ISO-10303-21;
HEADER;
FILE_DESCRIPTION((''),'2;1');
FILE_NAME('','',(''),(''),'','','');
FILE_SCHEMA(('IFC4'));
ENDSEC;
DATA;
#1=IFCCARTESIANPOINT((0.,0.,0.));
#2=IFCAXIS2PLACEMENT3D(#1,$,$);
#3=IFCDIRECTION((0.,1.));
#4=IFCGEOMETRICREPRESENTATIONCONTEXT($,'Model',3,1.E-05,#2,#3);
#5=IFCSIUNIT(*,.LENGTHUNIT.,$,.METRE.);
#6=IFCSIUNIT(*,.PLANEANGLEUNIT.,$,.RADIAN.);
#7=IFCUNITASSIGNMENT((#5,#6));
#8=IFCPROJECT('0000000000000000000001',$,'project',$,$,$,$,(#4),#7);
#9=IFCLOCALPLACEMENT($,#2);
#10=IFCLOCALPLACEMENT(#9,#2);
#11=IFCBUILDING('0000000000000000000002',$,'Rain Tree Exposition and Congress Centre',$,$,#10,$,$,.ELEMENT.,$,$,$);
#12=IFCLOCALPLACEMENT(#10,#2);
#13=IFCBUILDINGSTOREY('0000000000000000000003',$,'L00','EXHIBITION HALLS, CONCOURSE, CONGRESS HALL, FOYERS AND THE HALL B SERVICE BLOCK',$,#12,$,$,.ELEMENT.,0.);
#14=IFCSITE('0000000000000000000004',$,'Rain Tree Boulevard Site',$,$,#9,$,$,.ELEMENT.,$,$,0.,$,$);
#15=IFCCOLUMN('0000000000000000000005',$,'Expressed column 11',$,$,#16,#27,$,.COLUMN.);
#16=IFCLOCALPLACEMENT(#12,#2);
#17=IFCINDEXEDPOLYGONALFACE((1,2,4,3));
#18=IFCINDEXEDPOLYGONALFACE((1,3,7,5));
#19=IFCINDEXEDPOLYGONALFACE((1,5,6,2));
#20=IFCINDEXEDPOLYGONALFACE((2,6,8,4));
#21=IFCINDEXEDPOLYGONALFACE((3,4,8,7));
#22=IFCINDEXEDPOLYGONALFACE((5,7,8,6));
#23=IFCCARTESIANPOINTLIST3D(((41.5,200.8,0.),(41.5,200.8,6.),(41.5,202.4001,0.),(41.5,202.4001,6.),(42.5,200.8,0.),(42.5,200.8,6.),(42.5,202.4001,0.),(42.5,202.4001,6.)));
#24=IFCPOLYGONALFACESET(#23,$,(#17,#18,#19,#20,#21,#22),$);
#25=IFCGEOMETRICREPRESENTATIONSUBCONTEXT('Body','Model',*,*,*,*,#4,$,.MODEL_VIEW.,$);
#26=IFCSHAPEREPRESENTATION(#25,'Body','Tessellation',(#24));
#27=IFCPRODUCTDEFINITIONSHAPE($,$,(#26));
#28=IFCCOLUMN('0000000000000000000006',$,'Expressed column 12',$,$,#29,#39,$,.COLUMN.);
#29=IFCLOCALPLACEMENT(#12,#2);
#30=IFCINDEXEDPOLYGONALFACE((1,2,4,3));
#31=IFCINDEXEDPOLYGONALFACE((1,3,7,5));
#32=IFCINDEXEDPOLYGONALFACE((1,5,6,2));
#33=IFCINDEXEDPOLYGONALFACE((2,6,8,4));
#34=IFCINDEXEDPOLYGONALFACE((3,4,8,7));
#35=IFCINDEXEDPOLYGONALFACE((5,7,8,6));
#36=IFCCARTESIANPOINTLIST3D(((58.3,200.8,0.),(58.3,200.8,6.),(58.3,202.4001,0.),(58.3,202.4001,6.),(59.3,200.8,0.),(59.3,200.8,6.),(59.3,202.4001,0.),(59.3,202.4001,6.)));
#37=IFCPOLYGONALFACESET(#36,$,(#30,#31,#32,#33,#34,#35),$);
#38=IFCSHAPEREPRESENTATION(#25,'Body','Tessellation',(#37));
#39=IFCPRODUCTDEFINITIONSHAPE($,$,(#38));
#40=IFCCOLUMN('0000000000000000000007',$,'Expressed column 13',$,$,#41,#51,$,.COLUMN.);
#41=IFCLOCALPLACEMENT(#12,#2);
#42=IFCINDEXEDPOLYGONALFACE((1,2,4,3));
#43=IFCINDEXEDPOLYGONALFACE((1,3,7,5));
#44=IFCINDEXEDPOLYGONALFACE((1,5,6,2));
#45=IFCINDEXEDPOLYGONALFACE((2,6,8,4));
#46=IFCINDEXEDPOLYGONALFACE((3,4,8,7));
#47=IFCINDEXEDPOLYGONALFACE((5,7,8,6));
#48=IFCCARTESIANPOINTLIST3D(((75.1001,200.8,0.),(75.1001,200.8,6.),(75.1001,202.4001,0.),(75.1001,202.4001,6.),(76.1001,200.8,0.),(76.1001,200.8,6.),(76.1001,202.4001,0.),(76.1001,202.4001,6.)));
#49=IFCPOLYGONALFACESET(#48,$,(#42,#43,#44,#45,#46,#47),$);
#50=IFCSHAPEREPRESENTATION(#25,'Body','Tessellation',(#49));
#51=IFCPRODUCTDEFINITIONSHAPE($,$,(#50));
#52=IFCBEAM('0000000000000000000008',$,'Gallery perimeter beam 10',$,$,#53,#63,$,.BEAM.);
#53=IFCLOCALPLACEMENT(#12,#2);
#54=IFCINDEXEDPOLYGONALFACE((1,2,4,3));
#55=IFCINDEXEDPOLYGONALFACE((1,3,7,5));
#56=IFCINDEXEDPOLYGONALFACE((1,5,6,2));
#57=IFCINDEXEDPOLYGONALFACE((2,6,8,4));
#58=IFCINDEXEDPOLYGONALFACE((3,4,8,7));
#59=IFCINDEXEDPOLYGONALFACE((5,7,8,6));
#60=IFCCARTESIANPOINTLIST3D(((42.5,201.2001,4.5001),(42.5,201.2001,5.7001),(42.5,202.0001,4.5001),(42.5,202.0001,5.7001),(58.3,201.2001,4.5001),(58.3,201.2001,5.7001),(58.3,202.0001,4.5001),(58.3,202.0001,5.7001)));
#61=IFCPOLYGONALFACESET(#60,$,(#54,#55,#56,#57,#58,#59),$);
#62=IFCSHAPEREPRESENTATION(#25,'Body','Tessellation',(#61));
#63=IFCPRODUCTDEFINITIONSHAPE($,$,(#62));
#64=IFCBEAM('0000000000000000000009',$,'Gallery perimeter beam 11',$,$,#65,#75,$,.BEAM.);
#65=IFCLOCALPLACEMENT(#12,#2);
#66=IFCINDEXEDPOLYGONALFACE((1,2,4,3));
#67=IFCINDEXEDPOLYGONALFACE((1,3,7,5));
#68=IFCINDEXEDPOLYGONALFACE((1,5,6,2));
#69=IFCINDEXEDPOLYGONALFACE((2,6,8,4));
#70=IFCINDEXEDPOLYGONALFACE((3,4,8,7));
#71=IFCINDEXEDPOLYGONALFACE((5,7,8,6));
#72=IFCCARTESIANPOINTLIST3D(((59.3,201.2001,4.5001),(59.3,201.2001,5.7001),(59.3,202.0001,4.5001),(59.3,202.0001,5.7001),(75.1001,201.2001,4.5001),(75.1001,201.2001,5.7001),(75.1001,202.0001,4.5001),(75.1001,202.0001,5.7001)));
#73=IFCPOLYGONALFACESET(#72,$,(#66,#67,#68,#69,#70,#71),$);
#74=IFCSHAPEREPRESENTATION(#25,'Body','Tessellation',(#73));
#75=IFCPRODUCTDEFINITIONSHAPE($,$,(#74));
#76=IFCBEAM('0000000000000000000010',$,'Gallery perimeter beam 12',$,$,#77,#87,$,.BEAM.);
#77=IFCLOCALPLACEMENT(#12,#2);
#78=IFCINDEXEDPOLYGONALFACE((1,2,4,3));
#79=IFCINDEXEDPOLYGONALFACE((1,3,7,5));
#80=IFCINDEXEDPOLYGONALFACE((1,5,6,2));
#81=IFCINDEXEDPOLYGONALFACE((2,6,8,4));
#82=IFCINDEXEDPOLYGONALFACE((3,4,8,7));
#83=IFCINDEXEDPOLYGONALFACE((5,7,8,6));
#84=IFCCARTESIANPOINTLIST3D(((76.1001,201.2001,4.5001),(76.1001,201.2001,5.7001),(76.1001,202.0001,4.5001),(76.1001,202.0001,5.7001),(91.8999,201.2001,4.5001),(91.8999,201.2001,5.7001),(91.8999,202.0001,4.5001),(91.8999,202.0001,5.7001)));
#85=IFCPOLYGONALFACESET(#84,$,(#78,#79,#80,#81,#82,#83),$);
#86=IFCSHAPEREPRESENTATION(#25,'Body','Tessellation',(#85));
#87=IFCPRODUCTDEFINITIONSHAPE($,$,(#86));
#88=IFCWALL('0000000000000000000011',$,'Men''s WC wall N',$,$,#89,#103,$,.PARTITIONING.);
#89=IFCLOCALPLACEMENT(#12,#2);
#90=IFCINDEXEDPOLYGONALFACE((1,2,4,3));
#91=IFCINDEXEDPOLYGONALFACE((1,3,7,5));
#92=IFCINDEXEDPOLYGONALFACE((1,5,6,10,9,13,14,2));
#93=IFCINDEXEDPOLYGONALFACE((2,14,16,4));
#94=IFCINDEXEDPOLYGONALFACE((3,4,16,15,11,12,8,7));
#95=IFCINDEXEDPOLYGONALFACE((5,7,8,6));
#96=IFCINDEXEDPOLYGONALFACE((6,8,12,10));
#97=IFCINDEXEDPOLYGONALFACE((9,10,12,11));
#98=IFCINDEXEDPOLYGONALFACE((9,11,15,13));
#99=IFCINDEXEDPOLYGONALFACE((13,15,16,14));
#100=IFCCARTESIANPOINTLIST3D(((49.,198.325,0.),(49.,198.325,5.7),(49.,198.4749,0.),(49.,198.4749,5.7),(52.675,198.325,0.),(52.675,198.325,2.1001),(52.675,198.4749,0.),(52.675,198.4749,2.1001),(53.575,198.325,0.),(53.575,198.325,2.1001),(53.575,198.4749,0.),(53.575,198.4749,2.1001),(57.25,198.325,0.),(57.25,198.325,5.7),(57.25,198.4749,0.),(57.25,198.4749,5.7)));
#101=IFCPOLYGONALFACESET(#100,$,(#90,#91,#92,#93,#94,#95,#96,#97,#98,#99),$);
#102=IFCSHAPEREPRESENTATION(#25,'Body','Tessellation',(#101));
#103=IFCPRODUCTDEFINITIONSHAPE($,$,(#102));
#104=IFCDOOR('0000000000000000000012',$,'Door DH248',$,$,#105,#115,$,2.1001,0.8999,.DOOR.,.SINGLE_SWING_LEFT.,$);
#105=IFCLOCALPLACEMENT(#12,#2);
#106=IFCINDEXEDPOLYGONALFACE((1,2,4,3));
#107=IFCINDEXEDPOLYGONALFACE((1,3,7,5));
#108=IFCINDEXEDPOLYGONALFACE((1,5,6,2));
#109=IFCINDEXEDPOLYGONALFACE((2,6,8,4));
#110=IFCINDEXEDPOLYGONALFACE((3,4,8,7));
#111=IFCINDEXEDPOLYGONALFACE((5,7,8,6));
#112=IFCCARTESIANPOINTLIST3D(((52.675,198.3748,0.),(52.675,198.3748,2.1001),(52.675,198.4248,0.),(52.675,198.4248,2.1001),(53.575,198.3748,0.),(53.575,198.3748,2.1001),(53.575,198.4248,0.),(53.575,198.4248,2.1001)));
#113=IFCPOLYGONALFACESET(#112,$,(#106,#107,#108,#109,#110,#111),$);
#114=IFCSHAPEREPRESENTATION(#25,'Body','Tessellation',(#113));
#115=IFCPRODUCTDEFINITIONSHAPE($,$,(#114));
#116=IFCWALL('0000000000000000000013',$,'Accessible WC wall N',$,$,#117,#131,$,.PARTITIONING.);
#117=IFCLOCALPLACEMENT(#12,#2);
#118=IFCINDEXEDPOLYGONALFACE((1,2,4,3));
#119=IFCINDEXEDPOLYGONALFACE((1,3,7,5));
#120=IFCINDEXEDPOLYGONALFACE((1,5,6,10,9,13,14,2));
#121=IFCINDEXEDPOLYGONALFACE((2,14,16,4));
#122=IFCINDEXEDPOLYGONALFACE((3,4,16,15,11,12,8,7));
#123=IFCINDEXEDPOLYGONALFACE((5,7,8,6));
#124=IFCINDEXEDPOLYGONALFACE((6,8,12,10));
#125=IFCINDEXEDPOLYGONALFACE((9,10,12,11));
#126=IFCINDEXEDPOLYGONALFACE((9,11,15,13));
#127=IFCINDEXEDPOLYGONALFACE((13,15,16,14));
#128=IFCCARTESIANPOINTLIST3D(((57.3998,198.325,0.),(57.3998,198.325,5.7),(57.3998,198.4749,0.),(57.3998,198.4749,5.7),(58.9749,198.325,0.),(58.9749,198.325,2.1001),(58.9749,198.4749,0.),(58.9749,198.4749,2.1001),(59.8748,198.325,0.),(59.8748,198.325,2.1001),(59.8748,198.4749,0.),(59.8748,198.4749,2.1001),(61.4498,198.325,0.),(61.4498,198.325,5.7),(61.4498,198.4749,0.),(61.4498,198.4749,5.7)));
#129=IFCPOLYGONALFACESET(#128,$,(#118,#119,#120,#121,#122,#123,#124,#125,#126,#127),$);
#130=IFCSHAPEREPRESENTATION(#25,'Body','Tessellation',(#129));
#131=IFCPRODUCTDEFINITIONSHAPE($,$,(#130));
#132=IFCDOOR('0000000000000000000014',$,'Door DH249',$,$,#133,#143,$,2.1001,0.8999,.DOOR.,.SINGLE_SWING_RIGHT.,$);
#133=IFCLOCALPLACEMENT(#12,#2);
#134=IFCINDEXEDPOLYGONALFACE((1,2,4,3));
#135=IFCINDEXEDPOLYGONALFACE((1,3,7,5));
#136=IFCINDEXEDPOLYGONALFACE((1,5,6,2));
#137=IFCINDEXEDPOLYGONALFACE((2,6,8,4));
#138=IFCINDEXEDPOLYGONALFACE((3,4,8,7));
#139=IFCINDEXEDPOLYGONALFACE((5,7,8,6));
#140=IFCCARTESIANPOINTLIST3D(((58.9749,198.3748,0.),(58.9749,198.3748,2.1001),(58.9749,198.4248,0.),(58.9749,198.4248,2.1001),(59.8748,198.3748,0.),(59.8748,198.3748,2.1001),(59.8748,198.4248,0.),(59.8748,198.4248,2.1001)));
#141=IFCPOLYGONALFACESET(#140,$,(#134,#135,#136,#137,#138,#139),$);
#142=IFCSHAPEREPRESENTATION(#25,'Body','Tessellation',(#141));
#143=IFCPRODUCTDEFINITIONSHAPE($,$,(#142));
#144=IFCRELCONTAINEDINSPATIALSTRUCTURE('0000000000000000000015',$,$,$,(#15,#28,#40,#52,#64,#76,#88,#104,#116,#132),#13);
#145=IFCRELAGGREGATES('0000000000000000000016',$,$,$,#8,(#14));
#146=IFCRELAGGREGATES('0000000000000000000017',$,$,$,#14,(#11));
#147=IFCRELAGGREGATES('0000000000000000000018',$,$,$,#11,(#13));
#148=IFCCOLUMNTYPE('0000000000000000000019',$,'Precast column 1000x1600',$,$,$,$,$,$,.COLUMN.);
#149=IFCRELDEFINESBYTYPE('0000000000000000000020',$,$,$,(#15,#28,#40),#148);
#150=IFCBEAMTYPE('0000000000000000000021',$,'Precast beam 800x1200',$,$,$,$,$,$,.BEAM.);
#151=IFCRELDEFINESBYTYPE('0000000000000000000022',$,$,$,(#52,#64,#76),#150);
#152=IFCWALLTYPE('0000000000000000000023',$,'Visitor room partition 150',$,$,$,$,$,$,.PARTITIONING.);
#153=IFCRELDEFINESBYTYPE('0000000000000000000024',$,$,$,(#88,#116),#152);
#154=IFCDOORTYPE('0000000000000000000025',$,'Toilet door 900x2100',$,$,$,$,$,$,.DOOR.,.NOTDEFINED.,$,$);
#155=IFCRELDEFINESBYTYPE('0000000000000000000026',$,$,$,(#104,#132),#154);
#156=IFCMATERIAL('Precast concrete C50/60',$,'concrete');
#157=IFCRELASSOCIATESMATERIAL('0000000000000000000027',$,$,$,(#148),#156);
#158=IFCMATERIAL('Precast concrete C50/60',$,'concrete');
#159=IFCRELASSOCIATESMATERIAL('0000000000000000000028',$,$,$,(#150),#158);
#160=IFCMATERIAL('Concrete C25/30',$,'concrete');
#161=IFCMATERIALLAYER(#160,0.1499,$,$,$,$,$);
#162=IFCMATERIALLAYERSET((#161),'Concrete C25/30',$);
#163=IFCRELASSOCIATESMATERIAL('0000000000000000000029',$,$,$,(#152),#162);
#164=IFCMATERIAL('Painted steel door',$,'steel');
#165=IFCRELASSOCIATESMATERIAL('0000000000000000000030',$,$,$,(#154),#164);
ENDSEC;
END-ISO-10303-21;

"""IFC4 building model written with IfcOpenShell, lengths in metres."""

from ifc_helpers import new_model, si_unit, direction, frame, frame_2d, origin, origin_2d, place, context, subcontext, project, spatial, rectangle, extrude, material, layer, layer_set, material_profile, profile_set, type_object, element, fill, save


model = new_model("IFC4")

# Units and contexts
model_context = context("Model", 3, precision=1e-05, world=origin(), true_north=direction((0.0, 1.0)))
body_context = subcontext(model_context, "Body", "Model", "MODEL_VIEW")
ifc_project = project(units=[si_unit("LENGTHUNIT", "METRE"), si_unit("PLANEANGLEUNIT", "RADIAN")], contexts=[model_context])

# Site, building, storey
site_placement = place(None, origin())
site = spatial("IfcSite", under=ifc_project, at=site_placement, Name="Rain Tree Boulevard Site", CompositionType="ELEMENT", RefElevation=0.0)
building_placement = place(site_placement, origin())
building = spatial("IfcBuilding", under=site, at=building_placement, Name="Rain Tree Exposition and Congress Centre", CompositionType="ELEMENT")
storey_placement = place(building_placement, origin())
storey = spatial("IfcBuildingStorey", under=building, at=storey_placement, Name="L00", Description="EXHIBITION HALLS, CONCOURSE, CONGRESS HALL, FOYERS AND THE HALL B SERVICE BLOCK", CompositionType="ELEMENT", Elevation=0.0)

# Columns
ifc_material_1 = material(Name="Precast concrete C50/60", Category="concrete")
ifc_material_profile_1 = material_profile(ifc_material_1, rectangle(XDim=1.0, YDim=1.6001, at=origin_2d()), Name="RC 1000x1600")
ifc_profile_set_1 = profile_set([ifc_material_profile_1], Name="Precast concrete C50/60")
column_type = type_object("IfcColumnType", Name="Precast column 1000x1600", PredefinedType="COLUMN", material=ifc_profile_set_1)
for number, where, z_axis, x_axis, name in (
    (1, (42.0, 201.6001, 0.0), (0.0, 0.0, 1.0), (1.0, 0.0, 0.0), "Expressed column 11"),
    (2, (58.8, 201.6001, 0.0), (0.0, 0.0, 1.0), (1.0, 0.0, 0.0), "Expressed column 12"),
    (3, (75.6001, 201.6001, 0.0), (0.0, 0.0, 1.0), (1.0, 0.0, 0.0), "Expressed column 13"),
):
    element("IfcColumn", number, at=place(storey_placement, frame(where, z_axis=z_axis, x_axis=x_axis)), inside=storey, type_object=column_type, Name=name, PredefinedType="COLUMN", context=body_context, shape_type="SweptSolid", body=[
        extrude(rectangle(XDim=1.0, YDim=1.6001, at=origin_2d()), origin(), (0.0, 0.0, 1.0), 6.0),
    ])

# Beams
ifc_material_2 = material(Name="Precast concrete C50/60", Category="concrete")
ifc_material_profile_2 = material_profile(ifc_material_2, rectangle(XDim=0.8, YDim=1.2, at=origin_2d()), Name="RC 800x1200")
ifc_profile_set_2 = profile_set([ifc_material_profile_2], Name="Precast concrete C50/60")
beam_type = type_object("IfcBeamType", Name="Precast beam 800x1200", PredefinedType="BEAM", material=ifc_profile_set_2)
for number, where, z_axis, x_axis, name in (
    (4, (42.5, 201.6001, 5.1001), (1.0, 0.0, 0.0), (0.0, 1.0, 0.0), "Gallery perimeter beam 10"),
    (5, (59.3, 201.6001, 5.1001), (1.0, 0.0, 0.0), (0.0, 1.0, 0.0), "Gallery perimeter beam 11"),
):
    element("IfcBeam", number, at=place(storey_placement, frame(where, z_axis=z_axis, x_axis=x_axis)), inside=storey, type_object=beam_type, Name=name, PredefinedType="BEAM", context=body_context, shape_type="SweptSolid", body=[
        extrude(rectangle(XDim=0.8, YDim=1.2, at=origin_2d()), origin(), (0.0, 0.0, 1.0), 15.8),
    ])
beam_placement = place(storey_placement, frame((76.1001, 201.6001, 5.1001), z_axis=(1.0, 0.0, 0.0), x_axis=(0.0, 1.0, 0.0)))
element("IfcBeam", 6, at=beam_placement, inside=storey, type_object=beam_type, Name="Gallery perimeter beam 12", PredefinedType="BEAM", context=body_context, shape_type="SweptSolid", body=[
    extrude(rectangle(XDim=0.8, YDim=1.2, at=origin_2d()), origin(), (0.0, 0.0, 1.0), 15.7998),
])

# Walls, openings, doors
ifc_material_3 = material(Name="Concrete C25/30", Category="concrete")
ifc_layer_1 = layer(ifc_material_3, 0.1499)
ifc_layer_set_1 = layer_set([ifc_layer_1], Name="Concrete C25/30")
wall_type_1 = type_object("IfcWallType", Name="Visitor room partition 150", PredefinedType="PARTITIONING", material=ifc_layer_set_1)
wall_1_placement = place(storey_placement, frame((49.0, 198.3999, 0.0), z_axis=(0.0, 0.0, 1.0), x_axis=(1.0, 0.0, 0.0)))
wall_1 = element("IfcWall", 7, at=wall_1_placement, inside=storey, type_object=wall_type_1, Name="Men's WC wall N", PredefinedType="PARTITIONING", context=body_context, shape_type="SweptSolid", body=[
    extrude(rectangle(XDim=8.25, YDim=0.1499, at=frame_2d((4.125, 0.0))), origin(), (0.0, 0.0, 1.0), 5.7),
])
opening_1_placement = place(wall_1_placement, frame((3.675, 0.0, 0.0)))
opening_1 = element("IfcOpeningElement", 8, at=opening_1_placement, cuts=wall_1, PredefinedType="OPENING", context=body_context, shape_type="SweptSolid", body=[
    extrude(rectangle(XDim=0.8999, YDim=2.1001, at=frame_2d((0.45, 1.05))), frame((0.0, 0.075, 0.0), z_axis=(0.0, -1.0, 0.0), x_axis=(1.0, 0.0, 0.0)), (0.0, 0.0, 1.0), 0.1499),
])
ifc_material_4 = material(Name="Painted steel door", Category="steel")
door_type_1 = type_object("IfcDoorType", Name="Toilet door 900x2100", OperationType="NOTDEFINED", PredefinedType="DOOR", material=ifc_material_4)
door_1_placement = place(opening_1_placement, origin())
door_1 = element("IfcDoor", 9, at=door_1_placement, inside=storey, type_object=door_type_1, Name="Door DH248", OperationType="SINGLE_SWING_LEFT", OverallHeight=2.1001, OverallWidth=0.8999, PredefinedType="DOOR", context=body_context, shape_type="SweptSolid", body=[
    extrude(rectangle(XDim=0.8999, YDim=2.1001, at=frame_2d((0.45, 1.05))), frame((0.0, 0.0249, 0.0), z_axis=(0.0, -1.0, 0.0), x_axis=(1.0, 0.0, 0.0)), (0.0, 0.0, 1.0), 0.05),
])
fill(opening_1, door_1)
wall_2_placement = place(storey_placement, frame((57.3999, 198.3999, 0.0), z_axis=(0.0, 0.0, 1.0), x_axis=(1.0, 0.0, 0.0)))
wall_2 = element("IfcWall", 10, at=wall_2_placement, inside=storey, type_object=wall_type_1, Name="Accessible WC wall N", PredefinedType="PARTITIONING", context=body_context, shape_type="SweptSolid", body=[
    extrude(rectangle(XDim=4.05, YDim=0.1499, at=frame_2d((2.0249, 0.0))), origin(), (0.0, 0.0, 1.0), 5.7),
])
opening_2_placement = place(wall_2_placement, frame((1.575, 0.0, 0.0)))
opening_2 = element("IfcOpeningElement", 11, at=opening_2_placement, cuts=wall_2, PredefinedType="OPENING", context=body_context, shape_type="SweptSolid", body=[
    extrude(rectangle(XDim=0.8999, YDim=2.1001, at=frame_2d((0.45, 1.05))), frame((0.0, 0.075, 0.0), z_axis=(0.0, -1.0, 0.0), x_axis=(1.0, 0.0, 0.0)), (0.0, 0.0, 1.0), 0.1499),
])
door_2_placement = place(opening_2_placement, origin())
door_2 = element("IfcDoor", 12, at=door_2_placement, inside=storey, type_object=door_type_1, Name="Door DH249", OperationType="SINGLE_SWING_RIGHT", OverallHeight=2.1001, OverallWidth=0.8999, PredefinedType="DOOR", context=body_context, shape_type="SweptSolid", body=[
    extrude(rectangle(XDim=0.8999, YDim=2.1001, at=frame_2d((0.45, 1.05))), frame((0.0, 0.0249, 0.0), z_axis=(0.0, -1.0, 0.0), x_axis=(1.0, 0.0, 0.0)), (0.0, 0.0, 1.0), 0.05),
])
fill(opening_2, door_2)

save(model, "model.ifc")
